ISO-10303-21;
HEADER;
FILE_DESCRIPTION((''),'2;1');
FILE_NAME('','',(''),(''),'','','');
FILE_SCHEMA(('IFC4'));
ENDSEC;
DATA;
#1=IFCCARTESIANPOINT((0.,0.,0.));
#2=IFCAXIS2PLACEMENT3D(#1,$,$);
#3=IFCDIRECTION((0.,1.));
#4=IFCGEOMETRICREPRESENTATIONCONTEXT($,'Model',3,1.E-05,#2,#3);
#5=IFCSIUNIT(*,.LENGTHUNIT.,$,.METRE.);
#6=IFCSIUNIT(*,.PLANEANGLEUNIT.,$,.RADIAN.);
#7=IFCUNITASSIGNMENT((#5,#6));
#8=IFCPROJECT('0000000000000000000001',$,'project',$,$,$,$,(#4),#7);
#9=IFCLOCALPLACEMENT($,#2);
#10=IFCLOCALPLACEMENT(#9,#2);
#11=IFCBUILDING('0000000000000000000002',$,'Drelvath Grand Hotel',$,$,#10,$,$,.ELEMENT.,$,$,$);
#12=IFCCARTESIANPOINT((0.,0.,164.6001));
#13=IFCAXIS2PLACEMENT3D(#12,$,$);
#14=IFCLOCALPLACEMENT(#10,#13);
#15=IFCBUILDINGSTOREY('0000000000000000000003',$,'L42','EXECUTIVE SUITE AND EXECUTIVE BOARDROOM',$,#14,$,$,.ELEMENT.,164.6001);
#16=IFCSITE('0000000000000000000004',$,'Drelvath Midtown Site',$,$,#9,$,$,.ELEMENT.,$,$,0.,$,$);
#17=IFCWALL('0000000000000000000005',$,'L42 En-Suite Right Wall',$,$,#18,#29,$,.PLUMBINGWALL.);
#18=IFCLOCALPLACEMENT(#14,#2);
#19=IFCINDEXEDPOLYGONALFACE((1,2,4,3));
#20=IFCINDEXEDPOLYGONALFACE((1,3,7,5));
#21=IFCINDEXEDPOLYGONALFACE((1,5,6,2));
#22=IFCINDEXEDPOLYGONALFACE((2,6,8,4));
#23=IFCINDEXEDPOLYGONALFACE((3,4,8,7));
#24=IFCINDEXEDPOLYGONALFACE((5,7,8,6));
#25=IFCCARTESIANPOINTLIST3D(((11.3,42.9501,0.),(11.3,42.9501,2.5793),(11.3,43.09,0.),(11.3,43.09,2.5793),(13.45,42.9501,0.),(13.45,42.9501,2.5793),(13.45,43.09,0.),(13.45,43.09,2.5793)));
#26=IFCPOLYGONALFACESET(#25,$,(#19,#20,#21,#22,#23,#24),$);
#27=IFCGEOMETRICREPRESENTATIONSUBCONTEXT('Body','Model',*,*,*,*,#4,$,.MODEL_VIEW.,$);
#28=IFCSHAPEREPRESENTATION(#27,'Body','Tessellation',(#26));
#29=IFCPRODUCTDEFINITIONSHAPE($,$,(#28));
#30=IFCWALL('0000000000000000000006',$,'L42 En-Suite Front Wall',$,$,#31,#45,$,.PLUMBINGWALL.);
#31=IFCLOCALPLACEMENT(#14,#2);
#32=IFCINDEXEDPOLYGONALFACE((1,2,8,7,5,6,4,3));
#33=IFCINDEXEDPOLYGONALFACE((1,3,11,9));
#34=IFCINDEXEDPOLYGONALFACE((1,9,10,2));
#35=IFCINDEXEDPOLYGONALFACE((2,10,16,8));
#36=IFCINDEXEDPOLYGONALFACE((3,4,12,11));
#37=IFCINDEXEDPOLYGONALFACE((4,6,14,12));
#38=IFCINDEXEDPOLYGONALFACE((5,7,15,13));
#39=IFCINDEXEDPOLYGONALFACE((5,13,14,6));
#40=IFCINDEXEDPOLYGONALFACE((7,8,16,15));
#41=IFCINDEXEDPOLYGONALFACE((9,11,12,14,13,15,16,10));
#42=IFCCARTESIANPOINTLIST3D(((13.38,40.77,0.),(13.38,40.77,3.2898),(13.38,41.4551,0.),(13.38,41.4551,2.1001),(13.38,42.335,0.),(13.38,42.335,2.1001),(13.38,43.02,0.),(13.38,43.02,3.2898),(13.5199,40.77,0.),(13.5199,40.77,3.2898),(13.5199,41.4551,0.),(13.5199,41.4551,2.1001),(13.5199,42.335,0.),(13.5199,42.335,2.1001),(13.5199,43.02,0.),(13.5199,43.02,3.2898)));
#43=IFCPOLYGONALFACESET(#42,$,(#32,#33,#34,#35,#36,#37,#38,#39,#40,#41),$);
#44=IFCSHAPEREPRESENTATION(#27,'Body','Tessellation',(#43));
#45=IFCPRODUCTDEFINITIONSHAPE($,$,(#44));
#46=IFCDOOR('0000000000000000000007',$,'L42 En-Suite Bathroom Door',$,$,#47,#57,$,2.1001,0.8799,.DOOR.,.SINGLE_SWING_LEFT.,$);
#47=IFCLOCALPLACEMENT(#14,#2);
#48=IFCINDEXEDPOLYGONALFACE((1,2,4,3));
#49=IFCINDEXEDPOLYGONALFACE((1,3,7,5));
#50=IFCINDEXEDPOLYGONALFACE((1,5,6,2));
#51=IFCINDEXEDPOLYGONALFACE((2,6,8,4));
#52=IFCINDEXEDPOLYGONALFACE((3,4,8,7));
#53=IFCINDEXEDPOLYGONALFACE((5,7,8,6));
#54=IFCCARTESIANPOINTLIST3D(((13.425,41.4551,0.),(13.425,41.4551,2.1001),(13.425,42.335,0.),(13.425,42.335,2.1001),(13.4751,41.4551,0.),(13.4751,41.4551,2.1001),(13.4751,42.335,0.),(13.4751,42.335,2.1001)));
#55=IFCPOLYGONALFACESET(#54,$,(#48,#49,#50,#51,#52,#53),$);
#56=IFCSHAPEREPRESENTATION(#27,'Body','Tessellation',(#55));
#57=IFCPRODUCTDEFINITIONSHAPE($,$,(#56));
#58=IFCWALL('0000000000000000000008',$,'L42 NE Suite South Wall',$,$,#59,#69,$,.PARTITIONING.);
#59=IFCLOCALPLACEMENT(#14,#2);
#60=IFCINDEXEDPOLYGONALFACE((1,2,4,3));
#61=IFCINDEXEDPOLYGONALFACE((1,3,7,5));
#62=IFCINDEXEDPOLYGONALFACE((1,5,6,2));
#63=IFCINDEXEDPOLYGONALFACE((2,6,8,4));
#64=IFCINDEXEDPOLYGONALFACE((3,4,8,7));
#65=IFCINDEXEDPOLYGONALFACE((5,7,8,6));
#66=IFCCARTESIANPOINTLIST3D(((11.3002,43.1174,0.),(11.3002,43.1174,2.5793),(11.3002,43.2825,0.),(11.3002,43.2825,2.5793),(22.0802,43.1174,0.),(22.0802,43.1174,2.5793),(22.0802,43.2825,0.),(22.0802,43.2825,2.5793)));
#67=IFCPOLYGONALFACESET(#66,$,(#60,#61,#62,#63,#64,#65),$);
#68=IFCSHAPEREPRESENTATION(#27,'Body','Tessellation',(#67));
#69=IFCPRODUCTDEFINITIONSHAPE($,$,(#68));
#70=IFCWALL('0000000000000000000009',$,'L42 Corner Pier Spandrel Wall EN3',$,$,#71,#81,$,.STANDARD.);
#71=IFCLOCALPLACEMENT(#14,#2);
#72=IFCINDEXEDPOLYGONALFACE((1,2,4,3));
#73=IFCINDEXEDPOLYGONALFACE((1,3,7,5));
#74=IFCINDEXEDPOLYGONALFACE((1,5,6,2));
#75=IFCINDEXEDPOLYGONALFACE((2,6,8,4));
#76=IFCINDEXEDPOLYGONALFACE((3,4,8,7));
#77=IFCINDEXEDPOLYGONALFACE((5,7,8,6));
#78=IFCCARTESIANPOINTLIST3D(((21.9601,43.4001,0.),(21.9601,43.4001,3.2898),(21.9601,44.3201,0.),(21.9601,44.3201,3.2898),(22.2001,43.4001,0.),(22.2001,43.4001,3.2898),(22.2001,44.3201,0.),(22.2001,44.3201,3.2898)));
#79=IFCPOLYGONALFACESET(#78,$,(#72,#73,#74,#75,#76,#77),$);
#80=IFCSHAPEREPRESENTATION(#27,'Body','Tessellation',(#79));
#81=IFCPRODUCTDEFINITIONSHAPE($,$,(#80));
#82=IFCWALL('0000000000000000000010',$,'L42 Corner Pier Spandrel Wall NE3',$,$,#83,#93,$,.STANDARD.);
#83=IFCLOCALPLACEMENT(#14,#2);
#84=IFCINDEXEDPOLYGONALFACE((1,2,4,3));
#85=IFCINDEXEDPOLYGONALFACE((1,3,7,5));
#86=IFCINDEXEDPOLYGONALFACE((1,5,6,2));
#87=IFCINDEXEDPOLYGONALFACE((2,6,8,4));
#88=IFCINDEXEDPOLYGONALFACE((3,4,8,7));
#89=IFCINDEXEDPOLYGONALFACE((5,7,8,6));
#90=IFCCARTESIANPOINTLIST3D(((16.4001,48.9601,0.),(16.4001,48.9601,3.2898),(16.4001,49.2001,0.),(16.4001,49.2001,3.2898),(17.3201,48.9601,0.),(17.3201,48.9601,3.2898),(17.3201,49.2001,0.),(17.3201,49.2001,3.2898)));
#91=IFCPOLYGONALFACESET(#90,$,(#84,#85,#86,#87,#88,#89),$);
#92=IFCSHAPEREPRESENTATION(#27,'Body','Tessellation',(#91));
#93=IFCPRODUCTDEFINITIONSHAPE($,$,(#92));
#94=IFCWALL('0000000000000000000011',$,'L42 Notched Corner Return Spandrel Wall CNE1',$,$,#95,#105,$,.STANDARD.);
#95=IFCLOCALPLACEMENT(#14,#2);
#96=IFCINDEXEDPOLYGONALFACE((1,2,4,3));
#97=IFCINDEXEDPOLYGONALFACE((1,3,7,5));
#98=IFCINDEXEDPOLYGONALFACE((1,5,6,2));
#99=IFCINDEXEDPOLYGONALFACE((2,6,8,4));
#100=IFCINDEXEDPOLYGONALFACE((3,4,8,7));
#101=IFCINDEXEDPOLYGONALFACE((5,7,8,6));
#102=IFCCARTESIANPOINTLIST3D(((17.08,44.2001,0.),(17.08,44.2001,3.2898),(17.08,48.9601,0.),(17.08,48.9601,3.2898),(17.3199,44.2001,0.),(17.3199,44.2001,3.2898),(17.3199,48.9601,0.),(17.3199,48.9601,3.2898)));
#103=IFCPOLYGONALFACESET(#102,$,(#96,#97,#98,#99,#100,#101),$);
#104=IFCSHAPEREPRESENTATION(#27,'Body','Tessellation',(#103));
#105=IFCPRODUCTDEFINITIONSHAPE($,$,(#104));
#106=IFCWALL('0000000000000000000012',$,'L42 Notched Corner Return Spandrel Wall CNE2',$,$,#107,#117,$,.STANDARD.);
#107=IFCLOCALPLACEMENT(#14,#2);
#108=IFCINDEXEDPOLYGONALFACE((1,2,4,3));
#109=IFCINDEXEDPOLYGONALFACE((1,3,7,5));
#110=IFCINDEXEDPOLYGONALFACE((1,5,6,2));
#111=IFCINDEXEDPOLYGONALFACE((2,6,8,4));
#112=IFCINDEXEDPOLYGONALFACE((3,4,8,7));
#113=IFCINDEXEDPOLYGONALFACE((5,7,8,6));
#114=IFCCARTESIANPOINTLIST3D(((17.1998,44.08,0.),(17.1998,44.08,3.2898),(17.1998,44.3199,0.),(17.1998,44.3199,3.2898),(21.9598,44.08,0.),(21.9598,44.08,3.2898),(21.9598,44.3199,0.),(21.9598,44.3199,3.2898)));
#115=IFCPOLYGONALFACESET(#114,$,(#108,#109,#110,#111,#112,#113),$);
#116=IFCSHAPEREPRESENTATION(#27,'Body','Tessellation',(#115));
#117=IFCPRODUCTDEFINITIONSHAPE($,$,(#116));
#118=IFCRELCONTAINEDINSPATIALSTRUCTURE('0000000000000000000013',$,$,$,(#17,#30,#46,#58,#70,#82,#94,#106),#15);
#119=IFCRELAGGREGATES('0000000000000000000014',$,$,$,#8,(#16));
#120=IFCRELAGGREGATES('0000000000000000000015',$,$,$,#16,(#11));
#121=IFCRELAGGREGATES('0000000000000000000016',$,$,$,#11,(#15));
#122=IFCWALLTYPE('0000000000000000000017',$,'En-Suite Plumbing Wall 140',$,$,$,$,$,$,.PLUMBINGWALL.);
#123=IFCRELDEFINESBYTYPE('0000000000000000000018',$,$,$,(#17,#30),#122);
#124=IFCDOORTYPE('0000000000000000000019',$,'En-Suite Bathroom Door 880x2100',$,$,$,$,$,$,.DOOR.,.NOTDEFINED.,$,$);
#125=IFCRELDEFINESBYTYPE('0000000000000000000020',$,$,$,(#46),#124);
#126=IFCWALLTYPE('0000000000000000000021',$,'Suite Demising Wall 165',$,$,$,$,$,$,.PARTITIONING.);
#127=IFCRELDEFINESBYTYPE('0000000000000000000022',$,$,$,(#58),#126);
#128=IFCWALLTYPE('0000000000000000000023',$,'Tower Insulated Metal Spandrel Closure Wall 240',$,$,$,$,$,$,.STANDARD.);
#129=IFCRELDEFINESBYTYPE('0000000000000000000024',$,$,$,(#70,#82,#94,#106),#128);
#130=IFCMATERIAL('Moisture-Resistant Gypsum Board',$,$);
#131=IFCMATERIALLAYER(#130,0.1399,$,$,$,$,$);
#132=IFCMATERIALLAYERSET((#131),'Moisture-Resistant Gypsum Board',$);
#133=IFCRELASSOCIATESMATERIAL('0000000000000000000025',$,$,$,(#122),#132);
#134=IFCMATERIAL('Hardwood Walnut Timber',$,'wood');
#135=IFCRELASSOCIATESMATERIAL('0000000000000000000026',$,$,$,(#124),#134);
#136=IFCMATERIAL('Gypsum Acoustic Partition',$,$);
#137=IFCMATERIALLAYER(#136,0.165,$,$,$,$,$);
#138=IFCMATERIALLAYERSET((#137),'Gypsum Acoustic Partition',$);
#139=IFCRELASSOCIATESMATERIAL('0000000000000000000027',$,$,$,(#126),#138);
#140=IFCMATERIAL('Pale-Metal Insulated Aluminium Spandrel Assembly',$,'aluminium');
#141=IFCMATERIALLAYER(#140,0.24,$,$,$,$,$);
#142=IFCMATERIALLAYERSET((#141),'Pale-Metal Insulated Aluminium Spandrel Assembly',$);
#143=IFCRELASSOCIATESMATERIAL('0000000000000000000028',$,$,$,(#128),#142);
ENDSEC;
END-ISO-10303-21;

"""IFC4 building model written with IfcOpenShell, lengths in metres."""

from ifc_helpers import new_model, si_unit, direction, frame, frame_2d, origin, place, context, subcontext, project, spatial, rectangle, extrude, material, layer, layer_set, type_object, element, fill, save


model = new_model("IFC4")

# Units and contexts
model_context = context("Model", 3, precision=1e-05, world=origin(), true_north=direction((0.0, 1.0)))
body_context = subcontext(model_context, "Body", "Model", "MODEL_VIEW")
ifc_project = project(units=[si_unit("LENGTHUNIT", "METRE"), si_unit("PLANEANGLEUNIT", "RADIAN")], contexts=[model_context])

# Site, building, storey
site_placement = place(None, origin())
site = spatial("IfcSite", under=ifc_project, at=site_placement, Name="Drelvath Midtown Site", CompositionType="ELEMENT", RefElevation=0.0)
building_placement = place(site_placement, origin())
building = spatial("IfcBuilding", under=site, at=building_placement, Name="Drelvath Grand Hotel", CompositionType="ELEMENT")
storey_placement = place(building_placement, frame((0.0, 0.0, 164.6001)))
storey = spatial("IfcBuildingStorey", under=building, at=storey_placement, Name="L42", Description="EXECUTIVE SUITE AND EXECUTIVE BOARDROOM", CompositionType="ELEMENT", Elevation=164.6001)

# Shared definitions
ifc_material_1 = material(Name="Moisture-Resistant Gypsum Board")
ifc_layer_1 = layer(ifc_material_1, 0.1399)
ifc_layer_set_1 = layer_set([ifc_layer_1], Name="Moisture-Resistant Gypsum Board")
wall_type_1 = type_object("IfcWallType", Name="En-Suite Plumbing Wall 140", PredefinedType="PLUMBINGWALL", material=ifc_layer_set_1)

# Shared definitions
ifc_material_2 = material(Name="Hardwood Walnut Timber", Category="wood")
door_type = type_object("IfcDoorType", Name="En-Suite Bathroom Door 880x2100", OperationType="NOTDEFINED", PredefinedType="DOOR", material=ifc_material_2)

# Wall
wall_1_placement = place(storey_placement, frame((11.3, 43.02, 0.0), z_axis=(0.0, 0.0, 1.0), x_axis=(1.0, 0.0, 0.0)))
element("IfcWall", 1, at=wall_1_placement, inside=storey, type_object=wall_type_1, Name="L42 En-Suite Right Wall", PredefinedType="PLUMBINGWALL", context=body_context, shape_type="SweptSolid", body=[
    extrude(rectangle(XDim=2.1499, YDim=0.1399, at=frame_2d((1.075, 0.0))), origin(), (0.0, 0.0, 1.0), 2.5793),
])

# Wall, opening, door
wall_2_placement = place(storey_placement, frame((13.45, 40.77, 0.0), z_axis=(0.0, 0.0, 1.0), x_axis=(0.0, 1.0, 0.0)))
wall_2 = element("IfcWall", 2, at=wall_2_placement, inside=storey, type_object=wall_type_1, Name="L42 En-Suite Front Wall", PredefinedType="PLUMBINGWALL", context=body_context, shape_type="SweptSolid", body=[
    extrude(rectangle(XDim=2.25, YDim=0.1399, at=frame_2d((1.125, 0.0))), origin(), (0.0, 0.0, 1.0), 3.2898),
])
opening_1_placement = place(wall_2_placement, frame((0.6851, 0.0, 0.0)))
opening_1 = element("IfcOpeningElement", 3, at=opening_1_placement, cuts=wall_2, PredefinedType="OPENING", context=body_context, shape_type="SweptSolid", body=[
    extrude(rectangle(XDim=0.8799, YDim=2.1001, at=frame_2d((0.4399, 1.05))), frame((0.0, 0.0798, 0.0), z_axis=(0.0, -1.0, 0.0), x_axis=(1.0, 0.0, 0.0)), (0.0, 0.0, 1.0), 0.1599),
])
door_1_placement = place(opening_1_placement, origin())
door_1 = element("IfcDoor", 4, at=door_1_placement, inside=storey, type_object=door_type, Name="L42 En-Suite Bathroom Door", OperationType="SINGLE_SWING_LEFT", OverallHeight=2.1001, OverallWidth=0.8799, PredefinedType="DOOR", context=body_context, shape_type="SweptSolid", body=[
    extrude(rectangle(XDim=0.8799, YDim=2.1001, at=frame_2d((0.4399, 1.05))), frame((0.0, 0.0249, 0.0), z_axis=(0.0, -1.0, 0.0), x_axis=(1.0, 0.0, 0.0)), (0.0, 0.0, 1.0), 0.05),
])
fill(opening_1, door_1)

# Walls
ifc_material_3 = material(Name="Gypsum Acoustic Partition")
ifc_layer_2 = layer(ifc_material_3, 0.165)
ifc_layer_set_2 = layer_set([ifc_layer_2], Name="Gypsum Acoustic Partition")
wall_type_2 = type_object("IfcWallType", Name="Suite Demising Wall 165", PredefinedType="PARTITIONING", material=ifc_layer_set_2)
wall_3_placement = place(storey_placement, frame((11.3, 43.2, 0.0), z_axis=(0.0, 0.0, 1.0), x_axis=(1.0, 0.0, 0.0)))
element("IfcWall", 5, at=wall_3_placement, inside=storey, type_object=wall_type_2, Name="L42 NE Suite South Wall", PredefinedType="PARTITIONING", context=body_context, shape_type="SweptSolid", body=[
    extrude(rectangle(XDim=10.78, YDim=0.165, at=frame_2d((5.3901, 0.0))), origin(), (0.0, 0.0, 1.0), 2.5793),
])
ifc_material_4 = material(Name="Pale-Metal Insulated Aluminium Spandrel Assembly", Category="aluminium")
ifc_layer_3 = layer(ifc_material_4, 0.24)
ifc_layer_set_3 = layer_set([ifc_layer_3], Name="Pale-Metal Insulated Aluminium Spandrel Assembly")
wall_type_3 = type_object("IfcWallType", Name="Tower Insulated Metal Spandrel Closure Wall 240", PredefinedType="STANDARD", material=ifc_layer_set_3)
for number, where, z_axis, x_axis, name in (
    (6, (22.0801, 44.3201, 0.0), (0.0, 0.0, 1.0), (0.0, -1.0, 0.0), "L42 Corner Pier Spandrel Wall EN3"),
    (7, (16.4001, 49.0801, 0.0), (0.0, 0.0, 1.0), (1.0, 0.0, 0.0), "L42 Corner Pier Spandrel Wall NE3"),
):
    element("IfcWall", number, at=place(storey_placement, frame(where, z_axis=z_axis, x_axis=x_axis)), inside=storey, type_object=wall_type_3, Name=name, PredefinedType="STANDARD", context=body_context, shape_type="SweptSolid", body=[
        extrude(rectangle(XDim=0.9199, YDim=0.24, at=frame_2d((0.46, 0.0))), origin(), (0.0, 0.0, 1.0), 3.2898),
    ])
for number, where, z_axis, x_axis, name in (
    (8, (17.2, 48.96, 0.0), (0.0, 0.0, 1.0), (0.0, -1.0, 0.0), "L42 Notched Corner Return Spandrel Wall CNE1"),
    (9, (17.2, 44.2, 0.0), (0.0, 0.0, 1.0), (1.0, 0.0, 0.0), "L42 Notched Corner Return Spandrel Wall CNE2"),
):
    element("IfcWall", number, at=place(storey_placement, frame(where, z_axis=z_axis, x_axis=x_axis)), inside=storey, type_object=wall_type_3, Name=name, PredefinedType="STANDARD", context=body_context, shape_type="SweptSolid", body=[
        extrude(rectangle(XDim=4.76, YDim=0.24, at=frame_2d((2.3799, 0.0))), origin(), (0.0, 0.0, 1.0), 3.2898),
    ])

save(model, "model.ifc")
